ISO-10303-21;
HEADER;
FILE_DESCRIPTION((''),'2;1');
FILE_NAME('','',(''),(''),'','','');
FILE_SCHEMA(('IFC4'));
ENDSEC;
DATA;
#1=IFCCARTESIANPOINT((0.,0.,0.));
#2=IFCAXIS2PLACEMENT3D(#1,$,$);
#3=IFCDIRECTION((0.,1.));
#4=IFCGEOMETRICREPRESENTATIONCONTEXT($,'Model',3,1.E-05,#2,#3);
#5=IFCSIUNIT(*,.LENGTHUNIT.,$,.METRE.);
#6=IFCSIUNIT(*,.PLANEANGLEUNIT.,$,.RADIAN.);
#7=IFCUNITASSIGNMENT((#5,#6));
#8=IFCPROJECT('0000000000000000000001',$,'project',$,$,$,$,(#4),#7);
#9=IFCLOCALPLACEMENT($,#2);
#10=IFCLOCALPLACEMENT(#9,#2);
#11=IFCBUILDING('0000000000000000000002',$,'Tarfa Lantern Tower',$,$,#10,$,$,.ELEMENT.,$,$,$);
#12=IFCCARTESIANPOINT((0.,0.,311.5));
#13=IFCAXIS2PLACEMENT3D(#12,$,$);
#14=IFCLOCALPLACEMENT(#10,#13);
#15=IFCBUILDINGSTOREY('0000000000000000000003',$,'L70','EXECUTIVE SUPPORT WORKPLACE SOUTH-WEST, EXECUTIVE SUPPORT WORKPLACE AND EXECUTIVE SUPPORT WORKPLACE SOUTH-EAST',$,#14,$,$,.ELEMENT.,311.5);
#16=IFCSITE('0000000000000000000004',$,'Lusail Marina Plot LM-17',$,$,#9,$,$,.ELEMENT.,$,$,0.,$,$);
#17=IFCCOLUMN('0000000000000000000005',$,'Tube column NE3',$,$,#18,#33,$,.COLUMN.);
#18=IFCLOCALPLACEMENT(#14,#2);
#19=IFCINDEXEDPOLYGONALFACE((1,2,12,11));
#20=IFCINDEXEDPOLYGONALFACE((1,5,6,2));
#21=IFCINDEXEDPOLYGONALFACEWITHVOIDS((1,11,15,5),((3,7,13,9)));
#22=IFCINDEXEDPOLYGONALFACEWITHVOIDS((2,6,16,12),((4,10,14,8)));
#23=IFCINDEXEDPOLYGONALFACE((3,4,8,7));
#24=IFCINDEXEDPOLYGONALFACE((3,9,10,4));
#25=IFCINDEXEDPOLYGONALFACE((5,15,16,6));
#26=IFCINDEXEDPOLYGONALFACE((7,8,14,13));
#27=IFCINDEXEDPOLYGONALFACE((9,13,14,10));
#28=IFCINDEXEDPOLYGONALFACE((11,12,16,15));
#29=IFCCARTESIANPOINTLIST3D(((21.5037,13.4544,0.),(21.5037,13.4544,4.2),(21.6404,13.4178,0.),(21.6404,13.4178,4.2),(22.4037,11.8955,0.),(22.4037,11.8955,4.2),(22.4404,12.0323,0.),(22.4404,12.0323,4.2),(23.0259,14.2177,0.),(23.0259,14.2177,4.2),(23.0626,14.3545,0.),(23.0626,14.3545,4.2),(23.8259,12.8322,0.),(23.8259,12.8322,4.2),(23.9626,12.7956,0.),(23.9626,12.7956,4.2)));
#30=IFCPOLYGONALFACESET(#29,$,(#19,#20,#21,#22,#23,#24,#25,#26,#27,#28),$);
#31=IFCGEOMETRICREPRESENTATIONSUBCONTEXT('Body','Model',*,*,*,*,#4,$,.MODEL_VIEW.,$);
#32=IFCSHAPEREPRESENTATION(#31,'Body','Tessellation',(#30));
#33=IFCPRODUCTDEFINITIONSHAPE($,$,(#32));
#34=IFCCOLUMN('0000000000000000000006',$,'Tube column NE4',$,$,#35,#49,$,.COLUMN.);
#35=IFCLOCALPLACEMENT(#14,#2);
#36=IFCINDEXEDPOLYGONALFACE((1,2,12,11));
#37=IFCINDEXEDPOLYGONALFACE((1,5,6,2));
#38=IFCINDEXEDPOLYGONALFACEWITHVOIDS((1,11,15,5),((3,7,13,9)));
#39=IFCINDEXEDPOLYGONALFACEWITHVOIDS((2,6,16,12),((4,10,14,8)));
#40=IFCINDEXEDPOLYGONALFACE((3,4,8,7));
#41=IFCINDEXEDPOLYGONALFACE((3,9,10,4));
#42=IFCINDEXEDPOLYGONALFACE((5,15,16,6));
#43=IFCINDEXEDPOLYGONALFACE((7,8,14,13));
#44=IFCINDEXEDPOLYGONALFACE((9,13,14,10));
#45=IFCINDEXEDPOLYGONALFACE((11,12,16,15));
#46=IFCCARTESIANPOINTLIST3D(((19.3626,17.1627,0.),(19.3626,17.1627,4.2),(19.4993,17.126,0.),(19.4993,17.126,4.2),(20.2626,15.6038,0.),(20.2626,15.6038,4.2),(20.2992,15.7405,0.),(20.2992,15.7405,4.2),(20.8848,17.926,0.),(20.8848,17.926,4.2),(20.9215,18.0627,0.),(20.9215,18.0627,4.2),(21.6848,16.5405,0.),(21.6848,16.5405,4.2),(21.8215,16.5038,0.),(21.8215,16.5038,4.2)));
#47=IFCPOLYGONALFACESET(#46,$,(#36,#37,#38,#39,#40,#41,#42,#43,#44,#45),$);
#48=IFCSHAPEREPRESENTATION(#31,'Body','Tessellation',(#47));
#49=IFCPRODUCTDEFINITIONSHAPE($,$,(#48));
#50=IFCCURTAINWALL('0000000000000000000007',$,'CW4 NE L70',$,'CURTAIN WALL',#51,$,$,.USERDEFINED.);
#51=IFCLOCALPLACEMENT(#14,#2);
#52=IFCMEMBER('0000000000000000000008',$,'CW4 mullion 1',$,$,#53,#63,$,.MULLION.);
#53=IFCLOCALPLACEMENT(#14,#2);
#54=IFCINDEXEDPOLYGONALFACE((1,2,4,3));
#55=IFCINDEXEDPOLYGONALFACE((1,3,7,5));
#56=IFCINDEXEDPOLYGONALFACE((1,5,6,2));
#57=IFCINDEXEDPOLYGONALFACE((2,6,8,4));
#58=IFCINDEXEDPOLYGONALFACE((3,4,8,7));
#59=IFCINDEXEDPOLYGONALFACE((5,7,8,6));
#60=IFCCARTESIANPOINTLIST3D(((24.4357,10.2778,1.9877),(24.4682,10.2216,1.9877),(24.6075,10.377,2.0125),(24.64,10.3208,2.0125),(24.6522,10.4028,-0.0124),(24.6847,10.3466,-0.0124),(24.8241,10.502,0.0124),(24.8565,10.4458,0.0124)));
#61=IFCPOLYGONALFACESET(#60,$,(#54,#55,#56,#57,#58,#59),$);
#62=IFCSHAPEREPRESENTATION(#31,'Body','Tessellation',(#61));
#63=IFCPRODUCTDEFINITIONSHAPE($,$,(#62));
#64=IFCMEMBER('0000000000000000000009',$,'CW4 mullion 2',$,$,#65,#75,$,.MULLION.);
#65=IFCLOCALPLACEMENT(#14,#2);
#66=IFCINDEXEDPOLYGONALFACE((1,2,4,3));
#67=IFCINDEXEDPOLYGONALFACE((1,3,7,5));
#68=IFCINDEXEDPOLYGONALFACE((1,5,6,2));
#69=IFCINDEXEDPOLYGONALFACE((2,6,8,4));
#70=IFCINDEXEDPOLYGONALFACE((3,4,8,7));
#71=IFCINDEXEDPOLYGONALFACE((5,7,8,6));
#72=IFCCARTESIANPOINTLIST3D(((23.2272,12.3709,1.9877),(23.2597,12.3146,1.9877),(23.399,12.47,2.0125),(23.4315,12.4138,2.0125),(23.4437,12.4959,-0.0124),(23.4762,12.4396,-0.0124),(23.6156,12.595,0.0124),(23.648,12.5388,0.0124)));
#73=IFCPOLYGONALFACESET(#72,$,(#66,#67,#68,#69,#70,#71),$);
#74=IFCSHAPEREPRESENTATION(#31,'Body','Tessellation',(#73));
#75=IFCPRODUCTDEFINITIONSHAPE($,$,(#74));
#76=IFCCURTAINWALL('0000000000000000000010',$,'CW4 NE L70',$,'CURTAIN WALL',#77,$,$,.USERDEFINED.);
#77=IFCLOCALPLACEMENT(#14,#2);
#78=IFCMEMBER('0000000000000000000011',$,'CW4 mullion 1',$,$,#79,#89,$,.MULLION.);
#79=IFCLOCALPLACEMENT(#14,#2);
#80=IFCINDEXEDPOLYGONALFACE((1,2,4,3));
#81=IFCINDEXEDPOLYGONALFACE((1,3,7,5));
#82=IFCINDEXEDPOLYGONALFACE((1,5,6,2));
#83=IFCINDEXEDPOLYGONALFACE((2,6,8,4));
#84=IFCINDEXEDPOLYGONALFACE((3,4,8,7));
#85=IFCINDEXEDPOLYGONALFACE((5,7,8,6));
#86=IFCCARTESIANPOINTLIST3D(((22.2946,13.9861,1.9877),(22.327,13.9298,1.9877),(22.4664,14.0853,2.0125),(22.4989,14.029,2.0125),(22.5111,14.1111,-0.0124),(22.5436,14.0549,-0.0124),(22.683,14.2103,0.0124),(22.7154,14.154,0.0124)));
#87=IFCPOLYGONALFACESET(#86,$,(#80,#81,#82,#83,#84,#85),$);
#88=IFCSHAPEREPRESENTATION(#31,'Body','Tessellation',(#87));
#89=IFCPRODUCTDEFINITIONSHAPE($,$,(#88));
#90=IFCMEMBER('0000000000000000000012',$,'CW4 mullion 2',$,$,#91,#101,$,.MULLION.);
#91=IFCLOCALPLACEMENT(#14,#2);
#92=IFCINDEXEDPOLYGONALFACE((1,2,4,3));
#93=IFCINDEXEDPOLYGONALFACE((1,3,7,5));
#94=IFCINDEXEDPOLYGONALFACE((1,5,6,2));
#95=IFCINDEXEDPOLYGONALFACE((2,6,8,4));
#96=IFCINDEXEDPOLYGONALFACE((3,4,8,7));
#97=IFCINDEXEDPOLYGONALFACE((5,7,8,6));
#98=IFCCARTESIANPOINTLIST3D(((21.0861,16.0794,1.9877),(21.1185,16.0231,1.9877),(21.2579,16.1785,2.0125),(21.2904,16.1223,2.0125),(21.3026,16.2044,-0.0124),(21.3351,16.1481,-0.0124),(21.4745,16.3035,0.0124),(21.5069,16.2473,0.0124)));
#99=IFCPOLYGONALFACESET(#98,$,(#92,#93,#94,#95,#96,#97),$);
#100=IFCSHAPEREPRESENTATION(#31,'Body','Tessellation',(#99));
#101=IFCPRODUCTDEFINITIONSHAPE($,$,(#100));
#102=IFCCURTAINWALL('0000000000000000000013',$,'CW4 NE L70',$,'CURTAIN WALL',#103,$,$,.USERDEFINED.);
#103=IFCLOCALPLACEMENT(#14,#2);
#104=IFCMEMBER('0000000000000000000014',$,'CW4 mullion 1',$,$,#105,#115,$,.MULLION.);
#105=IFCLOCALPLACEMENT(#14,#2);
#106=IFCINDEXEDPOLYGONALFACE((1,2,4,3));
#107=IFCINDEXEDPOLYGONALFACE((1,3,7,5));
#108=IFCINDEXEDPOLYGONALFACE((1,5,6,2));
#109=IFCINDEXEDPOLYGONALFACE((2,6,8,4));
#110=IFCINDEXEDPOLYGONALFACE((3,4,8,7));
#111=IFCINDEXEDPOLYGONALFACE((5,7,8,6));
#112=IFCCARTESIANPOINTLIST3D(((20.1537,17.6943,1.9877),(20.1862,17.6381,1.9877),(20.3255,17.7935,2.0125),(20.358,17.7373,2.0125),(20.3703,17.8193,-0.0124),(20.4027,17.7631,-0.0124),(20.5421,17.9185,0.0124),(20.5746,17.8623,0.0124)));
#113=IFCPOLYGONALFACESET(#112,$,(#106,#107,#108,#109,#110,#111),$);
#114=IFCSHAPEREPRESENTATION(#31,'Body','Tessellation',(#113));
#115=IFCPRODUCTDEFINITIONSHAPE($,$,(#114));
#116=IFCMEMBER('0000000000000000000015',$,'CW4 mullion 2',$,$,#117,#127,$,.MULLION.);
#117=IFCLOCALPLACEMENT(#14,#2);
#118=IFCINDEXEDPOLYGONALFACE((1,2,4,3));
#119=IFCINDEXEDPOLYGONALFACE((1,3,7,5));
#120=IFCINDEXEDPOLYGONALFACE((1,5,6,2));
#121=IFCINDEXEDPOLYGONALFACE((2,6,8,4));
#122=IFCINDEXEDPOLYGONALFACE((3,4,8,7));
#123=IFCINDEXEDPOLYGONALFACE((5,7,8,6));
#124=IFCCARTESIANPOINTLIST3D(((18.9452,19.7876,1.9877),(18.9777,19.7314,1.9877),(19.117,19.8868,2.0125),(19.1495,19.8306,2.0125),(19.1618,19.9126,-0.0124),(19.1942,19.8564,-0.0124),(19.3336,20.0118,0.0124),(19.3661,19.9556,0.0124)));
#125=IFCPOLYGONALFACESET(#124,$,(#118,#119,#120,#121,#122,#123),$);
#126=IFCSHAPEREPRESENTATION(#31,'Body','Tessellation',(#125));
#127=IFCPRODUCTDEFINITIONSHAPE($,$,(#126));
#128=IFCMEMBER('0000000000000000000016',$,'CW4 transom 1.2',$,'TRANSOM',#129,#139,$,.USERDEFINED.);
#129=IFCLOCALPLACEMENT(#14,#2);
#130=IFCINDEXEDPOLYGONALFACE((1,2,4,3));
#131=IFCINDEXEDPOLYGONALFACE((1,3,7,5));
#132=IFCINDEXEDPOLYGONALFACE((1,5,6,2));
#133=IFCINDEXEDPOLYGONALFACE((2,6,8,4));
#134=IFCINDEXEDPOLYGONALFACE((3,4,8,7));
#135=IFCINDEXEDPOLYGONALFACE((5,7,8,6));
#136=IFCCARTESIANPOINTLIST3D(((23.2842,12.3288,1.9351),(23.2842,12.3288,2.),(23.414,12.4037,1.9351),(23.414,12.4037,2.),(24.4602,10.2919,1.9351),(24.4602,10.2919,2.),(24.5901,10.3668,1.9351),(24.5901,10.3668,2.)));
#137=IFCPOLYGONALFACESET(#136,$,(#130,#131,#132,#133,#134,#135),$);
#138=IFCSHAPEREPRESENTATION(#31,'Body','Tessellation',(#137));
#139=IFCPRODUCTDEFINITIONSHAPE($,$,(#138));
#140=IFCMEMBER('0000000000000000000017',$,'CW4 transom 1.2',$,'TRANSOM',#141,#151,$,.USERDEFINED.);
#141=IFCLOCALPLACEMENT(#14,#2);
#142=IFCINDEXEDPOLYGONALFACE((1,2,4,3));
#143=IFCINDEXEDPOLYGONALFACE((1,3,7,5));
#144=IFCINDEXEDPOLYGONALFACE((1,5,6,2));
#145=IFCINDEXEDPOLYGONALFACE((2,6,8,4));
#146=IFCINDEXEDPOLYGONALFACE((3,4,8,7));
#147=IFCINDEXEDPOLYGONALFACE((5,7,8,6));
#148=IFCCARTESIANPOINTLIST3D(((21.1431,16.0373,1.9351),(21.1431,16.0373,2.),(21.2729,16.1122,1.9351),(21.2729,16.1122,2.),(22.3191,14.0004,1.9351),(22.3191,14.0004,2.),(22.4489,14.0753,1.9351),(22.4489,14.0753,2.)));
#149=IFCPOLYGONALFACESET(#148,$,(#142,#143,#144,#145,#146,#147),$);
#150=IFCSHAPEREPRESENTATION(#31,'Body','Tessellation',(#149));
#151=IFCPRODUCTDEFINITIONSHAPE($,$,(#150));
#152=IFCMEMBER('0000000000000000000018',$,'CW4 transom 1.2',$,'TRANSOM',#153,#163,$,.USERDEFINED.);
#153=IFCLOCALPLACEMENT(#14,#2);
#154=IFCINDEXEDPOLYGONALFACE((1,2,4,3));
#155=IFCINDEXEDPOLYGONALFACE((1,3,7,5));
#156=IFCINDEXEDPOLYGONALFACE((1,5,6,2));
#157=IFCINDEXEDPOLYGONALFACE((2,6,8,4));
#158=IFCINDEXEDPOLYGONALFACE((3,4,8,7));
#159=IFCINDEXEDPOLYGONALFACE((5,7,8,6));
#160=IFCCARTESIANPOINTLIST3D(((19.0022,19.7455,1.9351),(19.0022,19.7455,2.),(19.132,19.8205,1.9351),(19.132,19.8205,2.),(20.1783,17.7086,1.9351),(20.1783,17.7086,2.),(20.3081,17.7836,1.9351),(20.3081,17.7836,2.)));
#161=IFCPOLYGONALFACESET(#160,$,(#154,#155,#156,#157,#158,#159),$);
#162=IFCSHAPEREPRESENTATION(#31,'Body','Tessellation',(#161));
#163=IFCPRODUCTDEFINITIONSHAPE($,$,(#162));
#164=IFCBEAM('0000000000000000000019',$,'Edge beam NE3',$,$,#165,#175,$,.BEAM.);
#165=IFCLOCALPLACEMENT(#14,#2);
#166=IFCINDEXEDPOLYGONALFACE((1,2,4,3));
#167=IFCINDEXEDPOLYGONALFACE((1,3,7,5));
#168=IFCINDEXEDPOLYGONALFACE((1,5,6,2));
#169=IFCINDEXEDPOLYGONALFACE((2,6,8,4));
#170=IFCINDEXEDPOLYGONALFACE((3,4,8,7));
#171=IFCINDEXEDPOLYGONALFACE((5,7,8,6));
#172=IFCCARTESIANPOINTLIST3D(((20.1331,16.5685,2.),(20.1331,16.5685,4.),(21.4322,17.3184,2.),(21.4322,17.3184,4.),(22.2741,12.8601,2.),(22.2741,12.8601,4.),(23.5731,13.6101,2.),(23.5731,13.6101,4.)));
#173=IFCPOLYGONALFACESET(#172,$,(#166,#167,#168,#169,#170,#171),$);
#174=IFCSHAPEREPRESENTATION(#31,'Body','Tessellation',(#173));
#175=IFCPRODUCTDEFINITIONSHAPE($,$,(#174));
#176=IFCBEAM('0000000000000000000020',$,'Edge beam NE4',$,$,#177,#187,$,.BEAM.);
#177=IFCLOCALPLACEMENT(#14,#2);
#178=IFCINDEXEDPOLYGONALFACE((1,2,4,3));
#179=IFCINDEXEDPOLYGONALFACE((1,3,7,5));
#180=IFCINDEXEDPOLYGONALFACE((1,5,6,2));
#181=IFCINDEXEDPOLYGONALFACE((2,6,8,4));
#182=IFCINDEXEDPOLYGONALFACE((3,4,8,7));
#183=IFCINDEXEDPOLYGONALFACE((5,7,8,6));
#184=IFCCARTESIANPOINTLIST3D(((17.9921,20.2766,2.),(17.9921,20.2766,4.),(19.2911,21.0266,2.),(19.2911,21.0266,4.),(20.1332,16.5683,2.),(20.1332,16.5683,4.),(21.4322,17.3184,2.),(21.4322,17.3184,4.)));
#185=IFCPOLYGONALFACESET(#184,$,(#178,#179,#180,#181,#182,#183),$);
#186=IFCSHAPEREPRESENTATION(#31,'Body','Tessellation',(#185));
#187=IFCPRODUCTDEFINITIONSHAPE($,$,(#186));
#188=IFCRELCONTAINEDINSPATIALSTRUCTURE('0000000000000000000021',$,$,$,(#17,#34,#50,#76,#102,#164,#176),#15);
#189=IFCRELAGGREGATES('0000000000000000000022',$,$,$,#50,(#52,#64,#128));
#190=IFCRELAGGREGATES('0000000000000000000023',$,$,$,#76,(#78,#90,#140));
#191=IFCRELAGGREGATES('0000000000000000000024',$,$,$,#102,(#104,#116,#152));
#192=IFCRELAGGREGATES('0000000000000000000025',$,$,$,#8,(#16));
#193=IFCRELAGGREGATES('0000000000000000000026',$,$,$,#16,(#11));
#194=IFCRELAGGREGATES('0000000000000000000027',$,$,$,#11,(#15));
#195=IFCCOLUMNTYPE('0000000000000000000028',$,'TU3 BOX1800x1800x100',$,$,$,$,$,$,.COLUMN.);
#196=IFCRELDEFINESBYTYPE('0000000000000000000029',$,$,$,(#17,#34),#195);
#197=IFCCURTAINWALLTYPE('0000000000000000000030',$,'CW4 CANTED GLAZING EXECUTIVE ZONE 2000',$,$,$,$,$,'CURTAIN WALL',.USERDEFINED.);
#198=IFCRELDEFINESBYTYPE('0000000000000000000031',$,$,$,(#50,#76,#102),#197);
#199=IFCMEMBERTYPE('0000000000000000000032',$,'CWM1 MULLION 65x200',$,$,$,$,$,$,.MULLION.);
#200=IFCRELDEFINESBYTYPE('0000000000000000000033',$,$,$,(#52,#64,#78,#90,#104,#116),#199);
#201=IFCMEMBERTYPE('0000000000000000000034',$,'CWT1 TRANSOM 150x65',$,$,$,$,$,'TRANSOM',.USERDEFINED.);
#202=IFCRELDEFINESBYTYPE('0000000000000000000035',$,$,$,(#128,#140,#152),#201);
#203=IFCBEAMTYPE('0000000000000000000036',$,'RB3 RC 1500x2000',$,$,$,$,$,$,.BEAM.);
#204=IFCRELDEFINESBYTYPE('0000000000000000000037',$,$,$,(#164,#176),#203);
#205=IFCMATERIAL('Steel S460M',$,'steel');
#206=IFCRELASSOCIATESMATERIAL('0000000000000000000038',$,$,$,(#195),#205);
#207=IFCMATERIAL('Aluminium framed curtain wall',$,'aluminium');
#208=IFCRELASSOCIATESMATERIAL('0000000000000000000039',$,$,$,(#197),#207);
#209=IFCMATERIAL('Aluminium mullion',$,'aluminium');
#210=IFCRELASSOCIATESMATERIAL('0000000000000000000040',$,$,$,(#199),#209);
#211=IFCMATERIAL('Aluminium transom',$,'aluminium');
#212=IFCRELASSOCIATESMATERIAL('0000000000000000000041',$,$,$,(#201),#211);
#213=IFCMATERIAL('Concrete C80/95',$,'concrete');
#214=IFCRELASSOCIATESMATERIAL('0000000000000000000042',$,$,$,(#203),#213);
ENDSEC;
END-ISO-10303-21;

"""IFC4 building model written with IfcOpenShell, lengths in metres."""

from ifc_helpers import new_model, si_unit, direction, frame, origin, origin_2d, place, context, subcontext, project, spatial, rectangle, hollow_rectangle, extrude, material, material_profile, profile_set, type_object, element, aggregate, save


model = new_model("IFC4")

# Units and contexts
model_context = context("Model", 3, precision=1e-05, world=origin(), true_north=direction((0.0, 1.0)))
body_context = subcontext(model_context, "Body", "Model", "MODEL_VIEW")
ifc_project = project(units=[si_unit("LENGTHUNIT", "METRE"), si_unit("PLANEANGLEUNIT", "RADIAN")], contexts=[model_context])

# Site, building, storey
site_placement = place(None, origin())
site = spatial("IfcSite", under=ifc_project, at=site_placement, Name="Lusail Marina Plot LM-17", CompositionType="ELEMENT", RefElevation=0.0)
building_placement = place(site_placement, origin())
building = spatial("IfcBuilding", under=site, at=building_placement, Name="Tarfa Lantern Tower", CompositionType="ELEMENT")
storey_placement = place(building_placement, frame((0.0, 0.0, 311.5)))
storey = spatial("IfcBuildingStorey", under=building, at=storey_placement, Name="L70", Description="EXECUTIVE SUPPORT WORKPLACE SOUTH-WEST, EXECUTIVE SUPPORT WORKPLACE AND EXECUTIVE SUPPORT WORKPLACE SOUTH-EAST", CompositionType="ELEMENT", Elevation=311.5)

# Columns
ifc_material_1 = material(Name="Steel S460M", Category="steel")
ifc_material_profile_1 = material_profile(ifc_material_1, hollow_rectangle(XDim=1.8, YDim=1.8, WallThickness=0.1001, at=origin_2d()), Name="BOX1800x1800x100")
ifc_profile_set_1 = profile_set([ifc_material_profile_1], Name="Steel S460M")
column_type = type_object("IfcColumnType", Name="TU3 BOX1800x1800x100", PredefinedType="COLUMN", material=ifc_profile_set_1)
for number, where, z_axis, x_axis, name in (
    (1, (22.7332, 13.125, 0.0), (0.0, 0.0, 1.0), (-0.5, 0.866025, 0.0), "Tube column NE3"),
    (2, (20.592, 16.8333, 0.0), (0.0, 0.0, 1.0), (-0.5, 0.866025, 0.0), "Tube column NE4"),
):
    element("IfcColumn", number, at=place(storey_placement, frame(where, z_axis=z_axis, x_axis=x_axis)), inside=storey, type_object=column_type, Name=name, PredefinedType="COLUMN", context=body_context, shape_type="SweptSolid", body=[
        extrude(hollow_rectangle(XDim=1.8, YDim=1.8, WallThickness=0.1001, at=origin_2d()), origin(), (0.0, 0.0, 1.0), 4.2),
    ])

# Curtain walls, members
ifc_material_2 = material(Name="Aluminium framed curtain wall", Category="aluminium")
curtain_wall_type = type_object("IfcCurtainWallType", Name="CW4 CANTED GLAZING EXECUTIVE ZONE 2000", ElementType="CURTAIN WALL", PredefinedType="USERDEFINED", material=ifc_material_2)
curtain_wall_1_placement = place(storey_placement, origin())
curtain_wall_1 = element("IfcCurtainWall", 3, at=curtain_wall_1_placement, inside=storey, type_object=curtain_wall_type, Name="CW4 NE L70", ObjectType="CURTAIN WALL", PredefinedType="USERDEFINED")
ifc_material_3 = material(Name="Aluminium mullion", Category="aluminium")
ifc_material_profile_2 = material_profile(ifc_material_3, rectangle(XDim=0.0649, YDim=0.2, at=origin_2d()), Name="AL MULLION 65x200")
ifc_profile_set_2 = profile_set([ifc_material_profile_2], Name="Aluminium mullion")
member_type_1 = type_object("IfcMemberType", Name="CWM1 MULLION 65x200", PredefinedType="MULLION", material=ifc_profile_set_2)
member_1_placement = place(storey_placement, frame((24.7544, 10.4243, 0.0), z_axis=(-0.10744, -0.062017, 0.992275), x_axis=(0.49992, -0.866072, 0.0)))
member_1 = element("IfcMember", 4, at=member_1_placement, type_object=member_type_1, Name="CW4 mullion 1", PredefinedType="MULLION", context=body_context, shape_type="SweptSolid", body=[
    extrude(rectangle(XDim=0.0649, YDim=0.2, at=origin_2d()), origin(), (0.0, 0.0, 1.0), 2.0156),
])
member_2_placement = place(storey_placement, frame((23.5459, 12.5173, 0.0), z_axis=(-0.10744, -0.062017, 0.992275), x_axis=(0.49992, -0.866072, 0.0)))
member_2 = element("IfcMember", 5, at=member_2_placement, type_object=member_type_1, Name="CW4 mullion 2", PredefinedType="MULLION", context=body_context, shape_type="SweptSolid", body=[
    extrude(rectangle(XDim=0.0649, YDim=0.2, at=origin_2d()), origin(), (0.0, 0.0, 1.0), 2.0156),
])
curtain_wall_2_placement = place(storey_placement, origin())
curtain_wall_2 = element("IfcCurtainWall", 6, at=curtain_wall_2_placement, inside=storey, type_object=curtain_wall_type, Name="CW4 NE L70", ObjectType="CURTAIN WALL", PredefinedType="USERDEFINED")
member_3_placement = place(storey_placement, frame((22.6133, 14.1326, 0.0), z_axis=(-0.10744, -0.062017, 0.992275), x_axis=(0.49992, -0.866072, 0.0)))
member_3 = element("IfcMember", 7, at=member_3_placement, type_object=member_type_1, Name="CW4 mullion 1", PredefinedType="MULLION", context=body_context, shape_type="SweptSolid", body=[
    extrude(rectangle(XDim=0.0649, YDim=0.2, at=origin_2d()), origin(), (0.0, 0.0, 1.0), 2.0156),
])
member_4_placement = place(storey_placement, frame((21.4048, 16.2258, 0.0), z_axis=(-0.10744, -0.062017, 0.992275), x_axis=(0.49992, -0.866072, 0.0)))
member_4 = element("IfcMember", 8, at=member_4_placement, type_object=member_type_1, Name="CW4 mullion 2", PredefinedType="MULLION", context=body_context, shape_type="SweptSolid", body=[
    extrude(rectangle(XDim=0.0649, YDim=0.2, at=origin_2d()), origin(), (0.0, 0.0, 1.0), 2.0156),
])
curtain_wall_3_placement = place(storey_placement, origin())
curtain_wall_3 = element("IfcCurtainWall", 9, at=curtain_wall_3_placement, inside=storey, type_object=curtain_wall_type, Name="CW4 NE L70", ObjectType="CURTAIN WALL", PredefinedType="USERDEFINED")
member_5_placement = place(storey_placement, frame((20.4724, 17.8408, 0.0), z_axis=(-0.10744, -0.062017, 0.992275), x_axis=(0.49992, -0.866072, 0.0)))
member_5 = element("IfcMember", 10, at=member_5_placement, type_object=member_type_1, Name="CW4 mullion 1", PredefinedType="MULLION", context=body_context, shape_type="SweptSolid", body=[
    extrude(rectangle(XDim=0.0649, YDim=0.2, at=origin_2d()), origin(), (0.0, 0.0, 1.0), 2.0156),
])
member_6_placement = place(storey_placement, frame((19.2639, 19.9341, 0.0), z_axis=(-0.10744, -0.062017, 0.992275), x_axis=(0.49992, -0.866072, 0.0)))
member_6 = element("IfcMember", 11, at=member_6_placement, type_object=member_type_1, Name="CW4 mullion 2", PredefinedType="MULLION", context=body_context, shape_type="SweptSolid", body=[
    extrude(rectangle(XDim=0.0649, YDim=0.2, at=origin_2d()), origin(), (0.0, 0.0, 1.0), 2.0156),
])

# Members
ifc_material_4 = material(Name="Aluminium transom", Category="aluminium")
ifc_material_profile_3 = material_profile(ifc_material_4, rectangle(XDim=0.1499, YDim=0.0649, at=origin_2d()), Name="AL TRANSOM 150x65")
ifc_profile_set_3 = profile_set([ifc_material_profile_3], Name="Aluminium transom")
member_type_2 = type_object("IfcMemberType", Name="CWT1 TRANSOM 150x65", ElementType="TRANSOM", PredefinedType="USERDEFINED", material=ifc_profile_set_3)
member_7_placement = place(storey_placement, frame((24.5251, 10.3293, 1.9675), z_axis=(-0.500013, 0.866018, 0.0), x_axis=(-0.866018, -0.500013, 0.0)))
member_7 = element("IfcMember", 12, at=member_7_placement, type_object=member_type_2, Name="CW4 transom 1.2", ObjectType="TRANSOM", PredefinedType="USERDEFINED", context=body_context, shape_type="SweptSolid", body=[
    extrude(rectangle(XDim=0.1499, YDim=0.0649, at=origin_2d()), origin(), (0.0, 0.0, 1.0), 2.3521),
])
member_8_placement = place(storey_placement, frame((22.384, 14.0378, 1.9675), z_axis=(-0.500013, 0.866018, 0.0), x_axis=(-0.866018, -0.500013, 0.0)))
member_8 = element("IfcMember", 13, at=member_8_placement, type_object=member_type_2, Name="CW4 transom 1.2", ObjectType="TRANSOM", PredefinedType="USERDEFINED", context=body_context, shape_type="SweptSolid", body=[
    extrude(rectangle(XDim=0.1499, YDim=0.0649, at=origin_2d()), origin(), (0.0, 0.0, 1.0), 2.3521),
])
member_9_placement = place(storey_placement, frame((20.2432, 17.7461, 1.9675), z_axis=(-0.500013, 0.866018, 0.0), x_axis=(-0.866018, -0.500013, 0.0)))
member_9 = element("IfcMember", 14, at=member_9_placement, type_object=member_type_2, Name="CW4 transom 1.2", ObjectType="TRANSOM", PredefinedType="USERDEFINED", context=body_context, shape_type="SweptSolid", body=[
    extrude(rectangle(XDim=0.1499, YDim=0.0649, at=origin_2d()), origin(), (0.0, 0.0, 1.0), 2.3521),
])

# Beams
ifc_material_5 = material(Name="Concrete C80/95", Category="concrete")
ifc_material_profile_4 = material_profile(ifc_material_5, rectangle(XDim=1.5, YDim=2.0, at=origin_2d()), Name="RC 1500x2000")
ifc_profile_set_4 = profile_set([ifc_material_profile_4], Name="Concrete C80/95")
beam_type_1 = type_object("IfcBeamType", Name="RB3 RC 1500x2000", PredefinedType="BEAM", material=ifc_profile_set_4)
for number, where, z_axis, x_axis, name in (
    (15, (22.9236, 13.2351, 3.0), (-0.499984, 0.866035, 0.0), (-0.866035, -0.499984, 0.0), "Edge beam NE3"),
    (16, (20.7827, 16.9434, 3.0), (-0.500027, 0.86601, 0.0), (-0.86601, -0.500027, 0.0), "Edge beam NE4"),
):
    element("IfcBeam", number, at=place(storey_placement, frame(where, z_axis=z_axis, x_axis=x_axis)), inside=storey, type_object=beam_type_1, Name=name, PredefinedType="BEAM", context=body_context, shape_type="SweptSolid", body=[
        extrude(rectangle(XDim=1.5, YDim=2.0, at=origin_2d()), origin(), (0.0, 0.0, 1.0), 4.282),
    ])

aggregate(curtain_wall_1, [member_1, member_2, member_7])
aggregate(curtain_wall_2, [member_3, member_4, member_8])
aggregate(curtain_wall_3, [member_5, member_6, member_9])

save(model, "model.ifc")
